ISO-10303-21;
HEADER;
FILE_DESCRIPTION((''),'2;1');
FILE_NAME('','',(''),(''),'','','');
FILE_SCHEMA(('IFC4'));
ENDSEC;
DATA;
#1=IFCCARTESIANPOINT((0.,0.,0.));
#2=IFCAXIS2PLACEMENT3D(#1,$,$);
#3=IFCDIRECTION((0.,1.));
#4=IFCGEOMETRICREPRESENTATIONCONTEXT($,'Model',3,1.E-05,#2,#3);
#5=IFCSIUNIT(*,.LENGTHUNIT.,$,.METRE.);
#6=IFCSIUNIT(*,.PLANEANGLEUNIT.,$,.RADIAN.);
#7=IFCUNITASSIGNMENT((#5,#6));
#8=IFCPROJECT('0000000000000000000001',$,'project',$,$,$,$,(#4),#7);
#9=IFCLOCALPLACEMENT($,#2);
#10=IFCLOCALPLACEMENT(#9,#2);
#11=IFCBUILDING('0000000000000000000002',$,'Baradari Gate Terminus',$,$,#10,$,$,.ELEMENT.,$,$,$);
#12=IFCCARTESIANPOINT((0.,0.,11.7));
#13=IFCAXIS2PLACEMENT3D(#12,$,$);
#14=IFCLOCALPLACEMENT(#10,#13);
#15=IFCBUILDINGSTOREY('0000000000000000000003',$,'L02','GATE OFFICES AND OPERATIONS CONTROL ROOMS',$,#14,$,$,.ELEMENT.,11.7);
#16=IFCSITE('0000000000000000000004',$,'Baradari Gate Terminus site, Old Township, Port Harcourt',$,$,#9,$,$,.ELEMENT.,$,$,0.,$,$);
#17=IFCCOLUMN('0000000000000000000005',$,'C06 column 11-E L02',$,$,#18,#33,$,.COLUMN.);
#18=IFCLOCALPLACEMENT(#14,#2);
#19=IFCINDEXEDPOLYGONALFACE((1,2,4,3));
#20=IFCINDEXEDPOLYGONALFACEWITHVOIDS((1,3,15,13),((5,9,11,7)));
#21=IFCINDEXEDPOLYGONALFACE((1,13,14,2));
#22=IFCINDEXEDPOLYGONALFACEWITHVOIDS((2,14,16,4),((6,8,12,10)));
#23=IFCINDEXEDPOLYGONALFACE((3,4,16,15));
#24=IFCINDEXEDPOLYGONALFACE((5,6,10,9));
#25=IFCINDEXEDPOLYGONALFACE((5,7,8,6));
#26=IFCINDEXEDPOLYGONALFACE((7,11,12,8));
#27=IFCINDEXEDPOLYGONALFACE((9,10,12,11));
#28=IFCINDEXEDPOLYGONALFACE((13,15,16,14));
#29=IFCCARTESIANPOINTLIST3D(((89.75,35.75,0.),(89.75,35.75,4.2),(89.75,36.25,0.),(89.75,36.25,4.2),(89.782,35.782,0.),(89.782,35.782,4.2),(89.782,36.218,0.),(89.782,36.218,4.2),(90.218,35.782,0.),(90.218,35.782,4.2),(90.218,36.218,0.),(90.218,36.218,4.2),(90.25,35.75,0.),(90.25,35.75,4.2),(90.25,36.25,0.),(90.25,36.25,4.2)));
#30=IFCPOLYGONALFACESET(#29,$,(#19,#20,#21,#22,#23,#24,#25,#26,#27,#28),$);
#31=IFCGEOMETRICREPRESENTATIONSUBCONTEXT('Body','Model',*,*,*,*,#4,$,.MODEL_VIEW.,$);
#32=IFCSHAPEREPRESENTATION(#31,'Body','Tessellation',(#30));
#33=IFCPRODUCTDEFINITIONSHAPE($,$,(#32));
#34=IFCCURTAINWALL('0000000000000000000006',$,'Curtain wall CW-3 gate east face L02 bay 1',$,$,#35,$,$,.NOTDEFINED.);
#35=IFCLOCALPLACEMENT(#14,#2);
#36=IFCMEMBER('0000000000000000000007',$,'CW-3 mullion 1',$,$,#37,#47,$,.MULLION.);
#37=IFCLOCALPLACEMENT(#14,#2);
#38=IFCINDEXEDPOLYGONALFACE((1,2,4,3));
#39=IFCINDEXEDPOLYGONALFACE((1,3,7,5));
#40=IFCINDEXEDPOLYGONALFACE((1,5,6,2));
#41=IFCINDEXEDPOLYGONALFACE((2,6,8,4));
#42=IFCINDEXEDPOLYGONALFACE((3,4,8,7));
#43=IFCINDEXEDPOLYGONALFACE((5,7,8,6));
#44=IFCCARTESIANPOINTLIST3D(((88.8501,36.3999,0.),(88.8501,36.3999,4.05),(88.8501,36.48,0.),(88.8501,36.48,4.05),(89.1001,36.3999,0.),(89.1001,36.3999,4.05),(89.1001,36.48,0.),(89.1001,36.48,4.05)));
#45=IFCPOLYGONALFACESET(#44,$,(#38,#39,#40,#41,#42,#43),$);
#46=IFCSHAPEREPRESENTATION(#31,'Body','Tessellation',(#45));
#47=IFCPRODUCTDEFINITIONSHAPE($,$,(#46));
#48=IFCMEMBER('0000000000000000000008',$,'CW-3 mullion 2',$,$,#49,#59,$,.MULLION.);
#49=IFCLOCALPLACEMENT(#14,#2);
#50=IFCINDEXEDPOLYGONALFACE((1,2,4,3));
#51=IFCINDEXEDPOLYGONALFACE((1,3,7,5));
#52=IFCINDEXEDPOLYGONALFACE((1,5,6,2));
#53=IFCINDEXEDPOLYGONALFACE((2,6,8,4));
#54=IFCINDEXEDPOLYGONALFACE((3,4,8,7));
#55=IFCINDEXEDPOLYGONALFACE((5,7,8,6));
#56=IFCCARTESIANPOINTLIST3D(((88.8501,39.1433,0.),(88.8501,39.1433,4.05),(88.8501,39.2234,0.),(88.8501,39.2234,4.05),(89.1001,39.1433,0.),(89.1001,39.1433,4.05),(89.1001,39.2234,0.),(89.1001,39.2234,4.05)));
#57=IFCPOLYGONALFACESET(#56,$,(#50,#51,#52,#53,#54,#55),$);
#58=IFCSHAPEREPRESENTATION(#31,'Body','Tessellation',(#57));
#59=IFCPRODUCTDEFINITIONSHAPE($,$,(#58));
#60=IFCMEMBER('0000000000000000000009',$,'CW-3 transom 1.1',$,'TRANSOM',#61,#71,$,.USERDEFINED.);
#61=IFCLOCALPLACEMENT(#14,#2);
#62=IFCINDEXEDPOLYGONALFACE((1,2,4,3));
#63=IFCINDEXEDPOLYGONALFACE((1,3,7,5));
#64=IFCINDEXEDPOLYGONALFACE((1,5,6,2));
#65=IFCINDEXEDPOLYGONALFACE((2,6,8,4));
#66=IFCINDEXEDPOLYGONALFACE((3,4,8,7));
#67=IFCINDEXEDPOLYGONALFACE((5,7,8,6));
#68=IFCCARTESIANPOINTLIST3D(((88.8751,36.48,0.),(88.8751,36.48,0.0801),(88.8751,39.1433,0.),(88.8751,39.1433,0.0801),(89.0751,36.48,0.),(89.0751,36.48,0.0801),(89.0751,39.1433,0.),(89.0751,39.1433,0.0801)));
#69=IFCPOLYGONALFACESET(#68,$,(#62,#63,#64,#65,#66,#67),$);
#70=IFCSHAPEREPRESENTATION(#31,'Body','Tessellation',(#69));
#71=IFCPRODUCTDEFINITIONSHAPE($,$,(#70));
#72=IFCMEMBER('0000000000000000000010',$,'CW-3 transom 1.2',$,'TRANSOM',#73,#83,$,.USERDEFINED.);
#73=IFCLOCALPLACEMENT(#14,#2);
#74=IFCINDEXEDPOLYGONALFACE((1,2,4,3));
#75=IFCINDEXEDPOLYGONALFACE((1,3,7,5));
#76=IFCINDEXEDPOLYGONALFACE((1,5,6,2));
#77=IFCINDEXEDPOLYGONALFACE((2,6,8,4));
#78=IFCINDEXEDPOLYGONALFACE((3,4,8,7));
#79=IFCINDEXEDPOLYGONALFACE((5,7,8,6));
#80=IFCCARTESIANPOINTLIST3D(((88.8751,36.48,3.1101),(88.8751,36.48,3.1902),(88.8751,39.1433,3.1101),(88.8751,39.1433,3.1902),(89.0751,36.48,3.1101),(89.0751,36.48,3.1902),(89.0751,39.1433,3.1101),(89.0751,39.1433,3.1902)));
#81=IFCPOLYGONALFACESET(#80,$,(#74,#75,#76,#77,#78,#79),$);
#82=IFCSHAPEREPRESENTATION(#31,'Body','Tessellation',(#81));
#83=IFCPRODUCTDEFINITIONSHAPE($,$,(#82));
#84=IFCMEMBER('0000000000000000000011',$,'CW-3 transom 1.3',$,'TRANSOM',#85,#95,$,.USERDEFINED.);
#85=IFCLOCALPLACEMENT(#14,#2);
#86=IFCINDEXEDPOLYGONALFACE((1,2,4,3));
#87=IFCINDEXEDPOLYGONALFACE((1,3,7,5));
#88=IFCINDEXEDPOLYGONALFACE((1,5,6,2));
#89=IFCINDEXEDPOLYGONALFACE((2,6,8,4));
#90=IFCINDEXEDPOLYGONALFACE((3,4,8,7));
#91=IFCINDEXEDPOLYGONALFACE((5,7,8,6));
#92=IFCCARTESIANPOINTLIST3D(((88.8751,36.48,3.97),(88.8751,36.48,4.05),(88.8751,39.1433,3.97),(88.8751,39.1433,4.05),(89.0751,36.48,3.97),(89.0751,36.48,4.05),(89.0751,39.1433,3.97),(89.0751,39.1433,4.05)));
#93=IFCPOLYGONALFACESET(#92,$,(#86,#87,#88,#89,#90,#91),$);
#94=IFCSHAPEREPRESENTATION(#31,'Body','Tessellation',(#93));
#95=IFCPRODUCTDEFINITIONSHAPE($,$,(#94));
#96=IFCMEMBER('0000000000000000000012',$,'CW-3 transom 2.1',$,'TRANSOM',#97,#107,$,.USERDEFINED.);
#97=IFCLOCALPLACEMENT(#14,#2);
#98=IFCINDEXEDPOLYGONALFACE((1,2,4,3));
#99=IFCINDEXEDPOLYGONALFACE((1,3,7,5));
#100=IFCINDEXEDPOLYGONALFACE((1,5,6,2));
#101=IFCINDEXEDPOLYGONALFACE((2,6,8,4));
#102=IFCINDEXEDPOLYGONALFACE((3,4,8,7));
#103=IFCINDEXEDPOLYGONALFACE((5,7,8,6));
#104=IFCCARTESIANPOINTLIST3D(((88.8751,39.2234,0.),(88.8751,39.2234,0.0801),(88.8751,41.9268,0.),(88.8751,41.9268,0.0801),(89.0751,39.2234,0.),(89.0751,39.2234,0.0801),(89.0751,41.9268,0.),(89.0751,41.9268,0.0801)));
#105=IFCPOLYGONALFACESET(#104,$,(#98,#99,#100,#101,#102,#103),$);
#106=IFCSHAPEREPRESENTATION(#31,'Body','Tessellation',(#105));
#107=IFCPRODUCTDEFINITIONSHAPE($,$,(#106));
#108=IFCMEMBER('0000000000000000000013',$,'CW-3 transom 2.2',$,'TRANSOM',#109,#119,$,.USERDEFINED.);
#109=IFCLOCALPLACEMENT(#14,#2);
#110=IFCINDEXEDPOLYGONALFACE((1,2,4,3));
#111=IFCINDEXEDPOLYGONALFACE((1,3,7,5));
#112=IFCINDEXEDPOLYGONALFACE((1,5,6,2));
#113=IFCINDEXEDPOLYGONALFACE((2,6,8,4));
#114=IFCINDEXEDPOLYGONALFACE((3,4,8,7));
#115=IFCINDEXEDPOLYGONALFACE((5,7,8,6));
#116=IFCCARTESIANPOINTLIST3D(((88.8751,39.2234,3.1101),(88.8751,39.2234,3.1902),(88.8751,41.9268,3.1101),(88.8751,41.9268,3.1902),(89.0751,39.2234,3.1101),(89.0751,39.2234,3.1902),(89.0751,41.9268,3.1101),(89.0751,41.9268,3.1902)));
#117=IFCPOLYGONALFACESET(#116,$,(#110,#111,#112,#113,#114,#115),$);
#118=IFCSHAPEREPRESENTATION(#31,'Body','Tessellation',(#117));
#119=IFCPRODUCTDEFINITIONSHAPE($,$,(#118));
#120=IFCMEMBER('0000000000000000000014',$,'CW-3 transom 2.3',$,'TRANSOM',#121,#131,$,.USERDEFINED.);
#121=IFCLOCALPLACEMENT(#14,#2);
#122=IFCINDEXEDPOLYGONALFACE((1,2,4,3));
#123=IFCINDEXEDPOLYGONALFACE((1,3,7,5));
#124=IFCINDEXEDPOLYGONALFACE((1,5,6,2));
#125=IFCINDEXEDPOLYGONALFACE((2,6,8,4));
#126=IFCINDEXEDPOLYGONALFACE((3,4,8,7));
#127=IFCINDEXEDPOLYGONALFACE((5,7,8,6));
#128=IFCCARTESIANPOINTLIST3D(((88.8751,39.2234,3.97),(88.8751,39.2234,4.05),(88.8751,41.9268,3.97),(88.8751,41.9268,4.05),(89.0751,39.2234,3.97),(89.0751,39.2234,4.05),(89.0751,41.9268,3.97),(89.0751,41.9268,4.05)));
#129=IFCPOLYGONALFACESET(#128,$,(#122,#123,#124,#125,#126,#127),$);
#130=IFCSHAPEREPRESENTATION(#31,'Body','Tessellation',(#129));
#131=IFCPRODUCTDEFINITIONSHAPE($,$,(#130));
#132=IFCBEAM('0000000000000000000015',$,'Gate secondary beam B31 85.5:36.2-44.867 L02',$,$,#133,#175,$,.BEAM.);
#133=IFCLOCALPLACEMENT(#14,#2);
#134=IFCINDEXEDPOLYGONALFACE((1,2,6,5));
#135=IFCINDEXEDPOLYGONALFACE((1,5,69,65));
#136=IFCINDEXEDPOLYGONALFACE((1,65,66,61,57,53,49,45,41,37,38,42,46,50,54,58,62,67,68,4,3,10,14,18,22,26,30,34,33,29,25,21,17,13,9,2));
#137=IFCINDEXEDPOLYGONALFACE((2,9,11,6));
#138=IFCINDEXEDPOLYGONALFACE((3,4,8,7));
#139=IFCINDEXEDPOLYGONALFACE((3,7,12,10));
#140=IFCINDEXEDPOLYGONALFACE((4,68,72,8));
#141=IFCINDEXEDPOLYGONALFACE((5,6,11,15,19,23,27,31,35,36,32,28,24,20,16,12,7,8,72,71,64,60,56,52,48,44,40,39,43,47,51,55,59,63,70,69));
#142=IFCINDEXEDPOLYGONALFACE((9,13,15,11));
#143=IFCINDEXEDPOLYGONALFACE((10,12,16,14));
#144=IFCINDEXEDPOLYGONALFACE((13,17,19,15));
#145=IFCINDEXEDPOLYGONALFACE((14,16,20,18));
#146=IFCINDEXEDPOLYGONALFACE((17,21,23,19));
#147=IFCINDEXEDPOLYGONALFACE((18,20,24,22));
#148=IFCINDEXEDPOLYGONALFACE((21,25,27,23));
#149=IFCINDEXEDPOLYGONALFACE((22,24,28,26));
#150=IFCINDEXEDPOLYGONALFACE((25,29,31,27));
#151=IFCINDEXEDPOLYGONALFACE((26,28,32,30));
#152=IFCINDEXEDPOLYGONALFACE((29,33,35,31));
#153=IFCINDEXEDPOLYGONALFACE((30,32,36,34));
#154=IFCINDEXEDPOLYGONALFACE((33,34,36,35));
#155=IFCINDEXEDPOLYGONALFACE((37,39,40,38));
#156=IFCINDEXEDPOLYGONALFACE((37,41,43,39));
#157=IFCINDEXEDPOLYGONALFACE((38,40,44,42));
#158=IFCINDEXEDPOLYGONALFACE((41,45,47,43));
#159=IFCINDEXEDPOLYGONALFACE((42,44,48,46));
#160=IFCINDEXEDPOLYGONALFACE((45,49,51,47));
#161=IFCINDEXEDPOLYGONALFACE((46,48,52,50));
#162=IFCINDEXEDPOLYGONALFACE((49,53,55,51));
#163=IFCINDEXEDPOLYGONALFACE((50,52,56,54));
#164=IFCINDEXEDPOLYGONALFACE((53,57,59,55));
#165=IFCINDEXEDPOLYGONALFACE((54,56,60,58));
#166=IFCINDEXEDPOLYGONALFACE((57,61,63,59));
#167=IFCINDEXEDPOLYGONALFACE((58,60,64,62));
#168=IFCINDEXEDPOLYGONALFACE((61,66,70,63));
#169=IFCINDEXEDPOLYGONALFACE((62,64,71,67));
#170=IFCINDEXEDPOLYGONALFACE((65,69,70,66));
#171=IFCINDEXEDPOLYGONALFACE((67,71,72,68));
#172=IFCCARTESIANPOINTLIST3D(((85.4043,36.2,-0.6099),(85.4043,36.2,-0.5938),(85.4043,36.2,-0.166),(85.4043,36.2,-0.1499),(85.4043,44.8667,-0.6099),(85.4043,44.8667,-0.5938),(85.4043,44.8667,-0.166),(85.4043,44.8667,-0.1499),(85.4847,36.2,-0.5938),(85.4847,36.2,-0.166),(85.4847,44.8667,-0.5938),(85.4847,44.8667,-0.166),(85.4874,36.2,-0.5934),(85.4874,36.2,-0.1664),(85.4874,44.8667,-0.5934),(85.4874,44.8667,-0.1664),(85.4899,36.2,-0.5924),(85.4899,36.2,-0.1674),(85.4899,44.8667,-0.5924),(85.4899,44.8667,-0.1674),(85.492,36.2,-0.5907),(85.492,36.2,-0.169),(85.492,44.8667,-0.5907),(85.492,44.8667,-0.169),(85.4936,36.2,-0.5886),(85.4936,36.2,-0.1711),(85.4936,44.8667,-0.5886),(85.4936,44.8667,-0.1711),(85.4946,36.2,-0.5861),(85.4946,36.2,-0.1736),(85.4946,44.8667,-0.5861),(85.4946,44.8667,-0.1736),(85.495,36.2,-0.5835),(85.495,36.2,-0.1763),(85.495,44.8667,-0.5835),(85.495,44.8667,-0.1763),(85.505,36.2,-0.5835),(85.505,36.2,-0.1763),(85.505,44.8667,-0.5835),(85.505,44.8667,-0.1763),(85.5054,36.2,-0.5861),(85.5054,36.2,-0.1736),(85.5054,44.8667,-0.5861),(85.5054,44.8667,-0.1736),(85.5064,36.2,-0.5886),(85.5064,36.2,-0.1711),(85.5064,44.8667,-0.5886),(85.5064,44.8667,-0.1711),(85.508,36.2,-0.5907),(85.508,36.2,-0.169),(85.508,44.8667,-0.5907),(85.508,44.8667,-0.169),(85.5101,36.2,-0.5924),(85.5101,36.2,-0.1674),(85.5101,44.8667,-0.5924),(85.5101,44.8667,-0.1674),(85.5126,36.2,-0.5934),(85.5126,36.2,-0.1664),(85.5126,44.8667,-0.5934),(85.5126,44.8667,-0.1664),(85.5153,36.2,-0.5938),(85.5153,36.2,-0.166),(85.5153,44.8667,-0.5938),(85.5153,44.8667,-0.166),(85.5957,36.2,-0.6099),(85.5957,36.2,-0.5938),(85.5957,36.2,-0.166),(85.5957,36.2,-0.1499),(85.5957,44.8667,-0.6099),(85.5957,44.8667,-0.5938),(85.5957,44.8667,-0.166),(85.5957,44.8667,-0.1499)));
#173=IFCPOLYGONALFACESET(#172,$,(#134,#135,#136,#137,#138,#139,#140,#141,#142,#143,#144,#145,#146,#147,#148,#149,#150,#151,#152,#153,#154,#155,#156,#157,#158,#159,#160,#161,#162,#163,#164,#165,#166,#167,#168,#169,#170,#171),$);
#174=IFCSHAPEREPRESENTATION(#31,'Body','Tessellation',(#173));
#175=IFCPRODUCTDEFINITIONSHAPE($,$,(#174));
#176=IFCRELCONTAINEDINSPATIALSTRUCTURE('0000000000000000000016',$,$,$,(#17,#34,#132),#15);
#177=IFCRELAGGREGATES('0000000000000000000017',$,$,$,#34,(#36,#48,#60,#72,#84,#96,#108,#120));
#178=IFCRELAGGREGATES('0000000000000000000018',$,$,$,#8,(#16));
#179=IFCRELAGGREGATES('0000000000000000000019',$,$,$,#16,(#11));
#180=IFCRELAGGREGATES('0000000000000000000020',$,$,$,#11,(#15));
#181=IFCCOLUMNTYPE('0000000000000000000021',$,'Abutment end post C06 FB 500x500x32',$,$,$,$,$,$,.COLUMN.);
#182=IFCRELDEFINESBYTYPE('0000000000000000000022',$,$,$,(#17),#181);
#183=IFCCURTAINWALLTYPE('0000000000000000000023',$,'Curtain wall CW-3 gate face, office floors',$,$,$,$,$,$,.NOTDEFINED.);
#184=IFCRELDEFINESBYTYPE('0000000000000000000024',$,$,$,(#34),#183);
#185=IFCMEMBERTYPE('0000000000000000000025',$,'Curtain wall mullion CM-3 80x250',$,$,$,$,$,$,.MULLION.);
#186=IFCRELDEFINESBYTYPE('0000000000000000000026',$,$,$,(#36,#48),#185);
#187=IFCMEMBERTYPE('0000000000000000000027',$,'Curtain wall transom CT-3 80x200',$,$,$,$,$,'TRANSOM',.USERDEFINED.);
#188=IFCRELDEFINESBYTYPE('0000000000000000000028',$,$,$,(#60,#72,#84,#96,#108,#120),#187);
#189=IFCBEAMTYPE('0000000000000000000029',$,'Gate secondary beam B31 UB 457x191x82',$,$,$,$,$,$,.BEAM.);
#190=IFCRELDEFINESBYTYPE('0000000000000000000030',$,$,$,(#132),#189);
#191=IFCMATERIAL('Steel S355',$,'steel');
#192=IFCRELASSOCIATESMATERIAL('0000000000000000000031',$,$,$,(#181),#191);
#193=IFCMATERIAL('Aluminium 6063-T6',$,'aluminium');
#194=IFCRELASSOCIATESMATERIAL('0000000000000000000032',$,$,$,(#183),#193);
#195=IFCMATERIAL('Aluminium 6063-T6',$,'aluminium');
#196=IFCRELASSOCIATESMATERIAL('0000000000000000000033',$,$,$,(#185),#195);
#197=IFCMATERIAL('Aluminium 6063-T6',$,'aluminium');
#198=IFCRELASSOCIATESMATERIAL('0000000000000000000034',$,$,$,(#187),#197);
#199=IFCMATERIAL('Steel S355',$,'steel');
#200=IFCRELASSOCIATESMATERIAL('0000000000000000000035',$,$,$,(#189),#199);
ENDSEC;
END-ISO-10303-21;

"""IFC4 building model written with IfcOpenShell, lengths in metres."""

from ifc_helpers import new_model, si_unit, direction, frame, origin, origin_2d, place, context, subcontext, project, spatial, rectangle, hollow_rectangle, i_section, extrude, material, material_profile, profile_set, type_object, element, aggregate, save


model = new_model("IFC4")

# Units and contexts
model_context = context("Model", 3, precision=1e-05, world=origin(), true_north=direction((0.0, 1.0)))
body_context = subcontext(model_context, "Body", "Model", "MODEL_VIEW")
ifc_project = project(units=[si_unit("LENGTHUNIT", "METRE"), si_unit("PLANEANGLEUNIT", "RADIAN")], contexts=[model_context])

# Site, building, storey
site_placement = place(None, origin())
site = spatial("IfcSite", under=ifc_project, at=site_placement, Name="Baradari Gate Terminus site, Old Township, Port Harcourt", CompositionType="ELEMENT", RefElevation=0.0)
building_placement = place(site_placement, origin())
building = spatial("IfcBuilding", under=site, at=building_placement, Name="Baradari Gate Terminus", CompositionType="ELEMENT")
storey_placement = place(building_placement, frame((0.0, 0.0, 11.7)))
storey = spatial("IfcBuildingStorey", under=building, at=storey_placement, Name="L02", Description="GATE OFFICES AND OPERATIONS CONTROL ROOMS", CompositionType="ELEMENT", Elevation=11.7)

# Column
ifc_material_1 = material(Name="Steel S355", Category="steel")
ifc_material_profile_1 = material_profile(ifc_material_1, hollow_rectangle(XDim=0.5, YDim=0.5, WallThickness=0.032, at=origin_2d()), Name="FB 500x500x32")
ifc_profile_set_1 = profile_set([ifc_material_profile_1], Name="Steel S355")
column_type = type_object("IfcColumnType", Name="Abutment end post C06 FB 500x500x32", PredefinedType="COLUMN", material=ifc_profile_set_1)
column_placement = place(storey_placement, frame((90.0, 36.0, 0.0), z_axis=(0.0, 0.0, 1.0), x_axis=(1.0, 0.0, 0.0)))
element("IfcColumn", 1, at=column_placement, inside=storey, type_object=column_type, Name="C06 column 11-E L02", PredefinedType="COLUMN", context=body_context, shape_type="SweptSolid", body=[
    extrude(hollow_rectangle(XDim=0.5, YDim=0.5, WallThickness=0.032, at=origin_2d()), origin(), (0.0, 0.0, 1.0), 4.2),
])

# Curtain wall, members
ifc_material_2 = material(Name="Aluminium 6063-T6", Category="aluminium")
curtain_wall_type = type_object("IfcCurtainWallType", Name="Curtain wall CW-3 gate face, office floors", PredefinedType="NOTDEFINED", material=ifc_material_2)
curtain_wall_placement = place(storey_placement, origin())
curtain_wall = element("IfcCurtainWall", 2, at=curtain_wall_placement, inside=storey, type_object=curtain_wall_type, Name="Curtain wall CW-3 gate east face L02 bay 1", PredefinedType="NOTDEFINED")
ifc_material_3 = material(Name="Aluminium 6063-T6", Category="aluminium")
ifc_material_profile_2 = material_profile(ifc_material_3, rectangle(XDim=0.25, YDim=0.0801, at=origin_2d()), Name="CM-3 80X250")
ifc_profile_set_2 = profile_set([ifc_material_profile_2], Name="Aluminium 6063-T6")
member_type_1 = type_object("IfcMemberType", Name="Curtain wall mullion CM-3 80x250", PredefinedType="MULLION", material=ifc_profile_set_2)
member_1_placement = place(storey_placement, frame((88.9751, 36.4399, 0.0), z_axis=(0.0, 0.0, 1.0), x_axis=(-1.0, 0.0, 0.0)))
member_1 = element("IfcMember", 3, at=member_1_placement, type_object=member_type_1, Name="CW-3 mullion 1", PredefinedType="MULLION", context=body_context, shape_type="SweptSolid", body=[
    extrude(rectangle(XDim=0.25, YDim=0.0801, at=origin_2d()), origin(), (0.0, 0.0, 1.0), 4.05),
])
member_2_placement = place(storey_placement, frame((88.9751, 39.1833, 0.0), z_axis=(0.0, 0.0, 1.0), x_axis=(-1.0, 0.0, 0.0)))
member_2 = element("IfcMember", 4, at=member_2_placement, type_object=member_type_1, Name="CW-3 mullion 2", PredefinedType="MULLION", context=body_context, shape_type="SweptSolid", body=[
    extrude(rectangle(XDim=0.25, YDim=0.0801, at=origin_2d()), origin(), (0.0, 0.0, 1.0), 4.05),
])
ifc_material_4 = material(Name="Aluminium 6063-T6", Category="aluminium")
ifc_material_profile_3 = material_profile(ifc_material_4, rectangle(XDim=0.2, YDim=0.0801, at=origin_2d()), Name="CT-3 80X200")
ifc_profile_set_3 = profile_set([ifc_material_profile_3], Name="Aluminium 6063-T6")
member_type_2 = type_object("IfcMemberType", Name="Curtain wall transom CT-3 80x200", ElementType="TRANSOM", PredefinedType="USERDEFINED", material=ifc_profile_set_3)
member_3_placement = place(storey_placement, frame((88.9751, 36.48, 0.04), z_axis=(0.0, 1.0, 0.0), x_axis=(-1.0, 0.0, 0.0)))
member_3 = element("IfcMember", 5, at=member_3_placement, type_object=member_type_2, Name="CW-3 transom 1.1", ObjectType="TRANSOM", PredefinedType="USERDEFINED", context=body_context, shape_type="SweptSolid", body=[
    extrude(rectangle(XDim=0.2, YDim=0.0801, at=origin_2d()), origin(), (0.0, 0.0, 1.0), 2.6633),
])
member_4_placement = place(storey_placement, frame((88.9751, 36.48, 3.1501), z_axis=(0.0, 1.0, 0.0), x_axis=(-1.0, 0.0, 0.0)))
member_4 = element("IfcMember", 6, at=member_4_placement, type_object=member_type_2, Name="CW-3 transom 1.2", ObjectType="TRANSOM", PredefinedType="USERDEFINED", context=body_context, shape_type="SweptSolid", body=[
    extrude(rectangle(XDim=0.2, YDim=0.0801, at=origin_2d()), origin(), (0.0, 0.0, 1.0), 2.6633),
])
member_5_placement = place(storey_placement, frame((88.9751, 36.48, 4.01), z_axis=(0.0, 1.0, 0.0), x_axis=(-1.0, 0.0, 0.0)))
member_5 = element("IfcMember", 7, at=member_5_placement, type_object=member_type_2, Name="CW-3 transom 1.3", ObjectType="TRANSOM", PredefinedType="USERDEFINED", context=body_context, shape_type="SweptSolid", body=[
    extrude(rectangle(XDim=0.2, YDim=0.0801, at=origin_2d()), origin(), (0.0, 0.0, 1.0), 2.6633),
])
member_6_placement = place(storey_placement, frame((88.9751, 39.2234, 0.04), z_axis=(0.0, 1.0, 0.0), x_axis=(-1.0, 0.0, 0.0)))
member_6 = element("IfcMember", 8, at=member_6_placement, type_object=member_type_2, Name="CW-3 transom 2.1", ObjectType="TRANSOM", PredefinedType="USERDEFINED", context=body_context, shape_type="SweptSolid", body=[
    extrude(rectangle(XDim=0.2, YDim=0.0801, at=origin_2d()), origin(), (0.0, 0.0, 1.0), 2.7034),
])
member_7_placement = place(storey_placement, frame((88.9751, 39.2234, 3.1501), z_axis=(0.0, 1.0, 0.0), x_axis=(-1.0, 0.0, 0.0)))
member_7 = element("IfcMember", 9, at=member_7_placement, type_object=member_type_2, Name="CW-3 transom 2.2", ObjectType="TRANSOM", PredefinedType="USERDEFINED", context=body_context, shape_type="SweptSolid", body=[
    extrude(rectangle(XDim=0.2, YDim=0.0801, at=origin_2d()), origin(), (0.0, 0.0, 1.0), 2.7034),
])
member_8_placement = place(storey_placement, frame((88.9751, 39.2234, 4.01), z_axis=(0.0, 1.0, 0.0), x_axis=(-1.0, 0.0, 0.0)))
member_8 = element("IfcMember", 10, at=member_8_placement, type_object=member_type_2, Name="CW-3 transom 2.3", ObjectType="TRANSOM", PredefinedType="USERDEFINED", context=body_context, shape_type="SweptSolid", body=[
    extrude(rectangle(XDim=0.2, YDim=0.0801, at=origin_2d()), origin(), (0.0, 0.0, 1.0), 2.7034),
])

# Beam
ifc_material_5 = material(Name="Steel S355", Category="steel")
ifc_material_profile_4 = material_profile(ifc_material_5, i_section(OverallWidth=0.1914, OverallDepth=0.46, WebThickness=0.01, FlangeThickness=0.0161, FilletRadius=0.0103, at=origin_2d()), Name="UB 457x191x82")
ifc_profile_set_4 = profile_set([ifc_material_profile_4], Name="Steel S355")
beam_type = type_object("IfcBeamType", Name="Gate secondary beam B31 UB 457x191x82", PredefinedType="BEAM", material=ifc_profile_set_4)
for number, where, z_axis, x_axis, name in (
    (11, (85.5, 36.2, -0.3799), (0.0, 1.0, 0.0), (-1.0, 0.0, 0.0), "Gate secondary beam B31 85.5:36.2-44.867 L02"),
):
    element("IfcBeam", number, at=place(storey_placement, frame(where, z_axis=z_axis, x_axis=x_axis)), inside=storey, type_object=beam_type, Name=name, PredefinedType="BEAM", context=body_context, shape_type="SweptSolid", body=[
        extrude(i_section(OverallWidth=0.1914, OverallDepth=0.46, WebThickness=0.01, FlangeThickness=0.0161, FilletRadius=0.0103, at=origin_2d()), origin(), (0.0, 0.0, 1.0), 8.6667),
    ])

aggregate(curtain_wall, [member_1, member_2, member_3, member_4, member_5, member_6, member_7, member_8])

save(model, "model.ifc")
